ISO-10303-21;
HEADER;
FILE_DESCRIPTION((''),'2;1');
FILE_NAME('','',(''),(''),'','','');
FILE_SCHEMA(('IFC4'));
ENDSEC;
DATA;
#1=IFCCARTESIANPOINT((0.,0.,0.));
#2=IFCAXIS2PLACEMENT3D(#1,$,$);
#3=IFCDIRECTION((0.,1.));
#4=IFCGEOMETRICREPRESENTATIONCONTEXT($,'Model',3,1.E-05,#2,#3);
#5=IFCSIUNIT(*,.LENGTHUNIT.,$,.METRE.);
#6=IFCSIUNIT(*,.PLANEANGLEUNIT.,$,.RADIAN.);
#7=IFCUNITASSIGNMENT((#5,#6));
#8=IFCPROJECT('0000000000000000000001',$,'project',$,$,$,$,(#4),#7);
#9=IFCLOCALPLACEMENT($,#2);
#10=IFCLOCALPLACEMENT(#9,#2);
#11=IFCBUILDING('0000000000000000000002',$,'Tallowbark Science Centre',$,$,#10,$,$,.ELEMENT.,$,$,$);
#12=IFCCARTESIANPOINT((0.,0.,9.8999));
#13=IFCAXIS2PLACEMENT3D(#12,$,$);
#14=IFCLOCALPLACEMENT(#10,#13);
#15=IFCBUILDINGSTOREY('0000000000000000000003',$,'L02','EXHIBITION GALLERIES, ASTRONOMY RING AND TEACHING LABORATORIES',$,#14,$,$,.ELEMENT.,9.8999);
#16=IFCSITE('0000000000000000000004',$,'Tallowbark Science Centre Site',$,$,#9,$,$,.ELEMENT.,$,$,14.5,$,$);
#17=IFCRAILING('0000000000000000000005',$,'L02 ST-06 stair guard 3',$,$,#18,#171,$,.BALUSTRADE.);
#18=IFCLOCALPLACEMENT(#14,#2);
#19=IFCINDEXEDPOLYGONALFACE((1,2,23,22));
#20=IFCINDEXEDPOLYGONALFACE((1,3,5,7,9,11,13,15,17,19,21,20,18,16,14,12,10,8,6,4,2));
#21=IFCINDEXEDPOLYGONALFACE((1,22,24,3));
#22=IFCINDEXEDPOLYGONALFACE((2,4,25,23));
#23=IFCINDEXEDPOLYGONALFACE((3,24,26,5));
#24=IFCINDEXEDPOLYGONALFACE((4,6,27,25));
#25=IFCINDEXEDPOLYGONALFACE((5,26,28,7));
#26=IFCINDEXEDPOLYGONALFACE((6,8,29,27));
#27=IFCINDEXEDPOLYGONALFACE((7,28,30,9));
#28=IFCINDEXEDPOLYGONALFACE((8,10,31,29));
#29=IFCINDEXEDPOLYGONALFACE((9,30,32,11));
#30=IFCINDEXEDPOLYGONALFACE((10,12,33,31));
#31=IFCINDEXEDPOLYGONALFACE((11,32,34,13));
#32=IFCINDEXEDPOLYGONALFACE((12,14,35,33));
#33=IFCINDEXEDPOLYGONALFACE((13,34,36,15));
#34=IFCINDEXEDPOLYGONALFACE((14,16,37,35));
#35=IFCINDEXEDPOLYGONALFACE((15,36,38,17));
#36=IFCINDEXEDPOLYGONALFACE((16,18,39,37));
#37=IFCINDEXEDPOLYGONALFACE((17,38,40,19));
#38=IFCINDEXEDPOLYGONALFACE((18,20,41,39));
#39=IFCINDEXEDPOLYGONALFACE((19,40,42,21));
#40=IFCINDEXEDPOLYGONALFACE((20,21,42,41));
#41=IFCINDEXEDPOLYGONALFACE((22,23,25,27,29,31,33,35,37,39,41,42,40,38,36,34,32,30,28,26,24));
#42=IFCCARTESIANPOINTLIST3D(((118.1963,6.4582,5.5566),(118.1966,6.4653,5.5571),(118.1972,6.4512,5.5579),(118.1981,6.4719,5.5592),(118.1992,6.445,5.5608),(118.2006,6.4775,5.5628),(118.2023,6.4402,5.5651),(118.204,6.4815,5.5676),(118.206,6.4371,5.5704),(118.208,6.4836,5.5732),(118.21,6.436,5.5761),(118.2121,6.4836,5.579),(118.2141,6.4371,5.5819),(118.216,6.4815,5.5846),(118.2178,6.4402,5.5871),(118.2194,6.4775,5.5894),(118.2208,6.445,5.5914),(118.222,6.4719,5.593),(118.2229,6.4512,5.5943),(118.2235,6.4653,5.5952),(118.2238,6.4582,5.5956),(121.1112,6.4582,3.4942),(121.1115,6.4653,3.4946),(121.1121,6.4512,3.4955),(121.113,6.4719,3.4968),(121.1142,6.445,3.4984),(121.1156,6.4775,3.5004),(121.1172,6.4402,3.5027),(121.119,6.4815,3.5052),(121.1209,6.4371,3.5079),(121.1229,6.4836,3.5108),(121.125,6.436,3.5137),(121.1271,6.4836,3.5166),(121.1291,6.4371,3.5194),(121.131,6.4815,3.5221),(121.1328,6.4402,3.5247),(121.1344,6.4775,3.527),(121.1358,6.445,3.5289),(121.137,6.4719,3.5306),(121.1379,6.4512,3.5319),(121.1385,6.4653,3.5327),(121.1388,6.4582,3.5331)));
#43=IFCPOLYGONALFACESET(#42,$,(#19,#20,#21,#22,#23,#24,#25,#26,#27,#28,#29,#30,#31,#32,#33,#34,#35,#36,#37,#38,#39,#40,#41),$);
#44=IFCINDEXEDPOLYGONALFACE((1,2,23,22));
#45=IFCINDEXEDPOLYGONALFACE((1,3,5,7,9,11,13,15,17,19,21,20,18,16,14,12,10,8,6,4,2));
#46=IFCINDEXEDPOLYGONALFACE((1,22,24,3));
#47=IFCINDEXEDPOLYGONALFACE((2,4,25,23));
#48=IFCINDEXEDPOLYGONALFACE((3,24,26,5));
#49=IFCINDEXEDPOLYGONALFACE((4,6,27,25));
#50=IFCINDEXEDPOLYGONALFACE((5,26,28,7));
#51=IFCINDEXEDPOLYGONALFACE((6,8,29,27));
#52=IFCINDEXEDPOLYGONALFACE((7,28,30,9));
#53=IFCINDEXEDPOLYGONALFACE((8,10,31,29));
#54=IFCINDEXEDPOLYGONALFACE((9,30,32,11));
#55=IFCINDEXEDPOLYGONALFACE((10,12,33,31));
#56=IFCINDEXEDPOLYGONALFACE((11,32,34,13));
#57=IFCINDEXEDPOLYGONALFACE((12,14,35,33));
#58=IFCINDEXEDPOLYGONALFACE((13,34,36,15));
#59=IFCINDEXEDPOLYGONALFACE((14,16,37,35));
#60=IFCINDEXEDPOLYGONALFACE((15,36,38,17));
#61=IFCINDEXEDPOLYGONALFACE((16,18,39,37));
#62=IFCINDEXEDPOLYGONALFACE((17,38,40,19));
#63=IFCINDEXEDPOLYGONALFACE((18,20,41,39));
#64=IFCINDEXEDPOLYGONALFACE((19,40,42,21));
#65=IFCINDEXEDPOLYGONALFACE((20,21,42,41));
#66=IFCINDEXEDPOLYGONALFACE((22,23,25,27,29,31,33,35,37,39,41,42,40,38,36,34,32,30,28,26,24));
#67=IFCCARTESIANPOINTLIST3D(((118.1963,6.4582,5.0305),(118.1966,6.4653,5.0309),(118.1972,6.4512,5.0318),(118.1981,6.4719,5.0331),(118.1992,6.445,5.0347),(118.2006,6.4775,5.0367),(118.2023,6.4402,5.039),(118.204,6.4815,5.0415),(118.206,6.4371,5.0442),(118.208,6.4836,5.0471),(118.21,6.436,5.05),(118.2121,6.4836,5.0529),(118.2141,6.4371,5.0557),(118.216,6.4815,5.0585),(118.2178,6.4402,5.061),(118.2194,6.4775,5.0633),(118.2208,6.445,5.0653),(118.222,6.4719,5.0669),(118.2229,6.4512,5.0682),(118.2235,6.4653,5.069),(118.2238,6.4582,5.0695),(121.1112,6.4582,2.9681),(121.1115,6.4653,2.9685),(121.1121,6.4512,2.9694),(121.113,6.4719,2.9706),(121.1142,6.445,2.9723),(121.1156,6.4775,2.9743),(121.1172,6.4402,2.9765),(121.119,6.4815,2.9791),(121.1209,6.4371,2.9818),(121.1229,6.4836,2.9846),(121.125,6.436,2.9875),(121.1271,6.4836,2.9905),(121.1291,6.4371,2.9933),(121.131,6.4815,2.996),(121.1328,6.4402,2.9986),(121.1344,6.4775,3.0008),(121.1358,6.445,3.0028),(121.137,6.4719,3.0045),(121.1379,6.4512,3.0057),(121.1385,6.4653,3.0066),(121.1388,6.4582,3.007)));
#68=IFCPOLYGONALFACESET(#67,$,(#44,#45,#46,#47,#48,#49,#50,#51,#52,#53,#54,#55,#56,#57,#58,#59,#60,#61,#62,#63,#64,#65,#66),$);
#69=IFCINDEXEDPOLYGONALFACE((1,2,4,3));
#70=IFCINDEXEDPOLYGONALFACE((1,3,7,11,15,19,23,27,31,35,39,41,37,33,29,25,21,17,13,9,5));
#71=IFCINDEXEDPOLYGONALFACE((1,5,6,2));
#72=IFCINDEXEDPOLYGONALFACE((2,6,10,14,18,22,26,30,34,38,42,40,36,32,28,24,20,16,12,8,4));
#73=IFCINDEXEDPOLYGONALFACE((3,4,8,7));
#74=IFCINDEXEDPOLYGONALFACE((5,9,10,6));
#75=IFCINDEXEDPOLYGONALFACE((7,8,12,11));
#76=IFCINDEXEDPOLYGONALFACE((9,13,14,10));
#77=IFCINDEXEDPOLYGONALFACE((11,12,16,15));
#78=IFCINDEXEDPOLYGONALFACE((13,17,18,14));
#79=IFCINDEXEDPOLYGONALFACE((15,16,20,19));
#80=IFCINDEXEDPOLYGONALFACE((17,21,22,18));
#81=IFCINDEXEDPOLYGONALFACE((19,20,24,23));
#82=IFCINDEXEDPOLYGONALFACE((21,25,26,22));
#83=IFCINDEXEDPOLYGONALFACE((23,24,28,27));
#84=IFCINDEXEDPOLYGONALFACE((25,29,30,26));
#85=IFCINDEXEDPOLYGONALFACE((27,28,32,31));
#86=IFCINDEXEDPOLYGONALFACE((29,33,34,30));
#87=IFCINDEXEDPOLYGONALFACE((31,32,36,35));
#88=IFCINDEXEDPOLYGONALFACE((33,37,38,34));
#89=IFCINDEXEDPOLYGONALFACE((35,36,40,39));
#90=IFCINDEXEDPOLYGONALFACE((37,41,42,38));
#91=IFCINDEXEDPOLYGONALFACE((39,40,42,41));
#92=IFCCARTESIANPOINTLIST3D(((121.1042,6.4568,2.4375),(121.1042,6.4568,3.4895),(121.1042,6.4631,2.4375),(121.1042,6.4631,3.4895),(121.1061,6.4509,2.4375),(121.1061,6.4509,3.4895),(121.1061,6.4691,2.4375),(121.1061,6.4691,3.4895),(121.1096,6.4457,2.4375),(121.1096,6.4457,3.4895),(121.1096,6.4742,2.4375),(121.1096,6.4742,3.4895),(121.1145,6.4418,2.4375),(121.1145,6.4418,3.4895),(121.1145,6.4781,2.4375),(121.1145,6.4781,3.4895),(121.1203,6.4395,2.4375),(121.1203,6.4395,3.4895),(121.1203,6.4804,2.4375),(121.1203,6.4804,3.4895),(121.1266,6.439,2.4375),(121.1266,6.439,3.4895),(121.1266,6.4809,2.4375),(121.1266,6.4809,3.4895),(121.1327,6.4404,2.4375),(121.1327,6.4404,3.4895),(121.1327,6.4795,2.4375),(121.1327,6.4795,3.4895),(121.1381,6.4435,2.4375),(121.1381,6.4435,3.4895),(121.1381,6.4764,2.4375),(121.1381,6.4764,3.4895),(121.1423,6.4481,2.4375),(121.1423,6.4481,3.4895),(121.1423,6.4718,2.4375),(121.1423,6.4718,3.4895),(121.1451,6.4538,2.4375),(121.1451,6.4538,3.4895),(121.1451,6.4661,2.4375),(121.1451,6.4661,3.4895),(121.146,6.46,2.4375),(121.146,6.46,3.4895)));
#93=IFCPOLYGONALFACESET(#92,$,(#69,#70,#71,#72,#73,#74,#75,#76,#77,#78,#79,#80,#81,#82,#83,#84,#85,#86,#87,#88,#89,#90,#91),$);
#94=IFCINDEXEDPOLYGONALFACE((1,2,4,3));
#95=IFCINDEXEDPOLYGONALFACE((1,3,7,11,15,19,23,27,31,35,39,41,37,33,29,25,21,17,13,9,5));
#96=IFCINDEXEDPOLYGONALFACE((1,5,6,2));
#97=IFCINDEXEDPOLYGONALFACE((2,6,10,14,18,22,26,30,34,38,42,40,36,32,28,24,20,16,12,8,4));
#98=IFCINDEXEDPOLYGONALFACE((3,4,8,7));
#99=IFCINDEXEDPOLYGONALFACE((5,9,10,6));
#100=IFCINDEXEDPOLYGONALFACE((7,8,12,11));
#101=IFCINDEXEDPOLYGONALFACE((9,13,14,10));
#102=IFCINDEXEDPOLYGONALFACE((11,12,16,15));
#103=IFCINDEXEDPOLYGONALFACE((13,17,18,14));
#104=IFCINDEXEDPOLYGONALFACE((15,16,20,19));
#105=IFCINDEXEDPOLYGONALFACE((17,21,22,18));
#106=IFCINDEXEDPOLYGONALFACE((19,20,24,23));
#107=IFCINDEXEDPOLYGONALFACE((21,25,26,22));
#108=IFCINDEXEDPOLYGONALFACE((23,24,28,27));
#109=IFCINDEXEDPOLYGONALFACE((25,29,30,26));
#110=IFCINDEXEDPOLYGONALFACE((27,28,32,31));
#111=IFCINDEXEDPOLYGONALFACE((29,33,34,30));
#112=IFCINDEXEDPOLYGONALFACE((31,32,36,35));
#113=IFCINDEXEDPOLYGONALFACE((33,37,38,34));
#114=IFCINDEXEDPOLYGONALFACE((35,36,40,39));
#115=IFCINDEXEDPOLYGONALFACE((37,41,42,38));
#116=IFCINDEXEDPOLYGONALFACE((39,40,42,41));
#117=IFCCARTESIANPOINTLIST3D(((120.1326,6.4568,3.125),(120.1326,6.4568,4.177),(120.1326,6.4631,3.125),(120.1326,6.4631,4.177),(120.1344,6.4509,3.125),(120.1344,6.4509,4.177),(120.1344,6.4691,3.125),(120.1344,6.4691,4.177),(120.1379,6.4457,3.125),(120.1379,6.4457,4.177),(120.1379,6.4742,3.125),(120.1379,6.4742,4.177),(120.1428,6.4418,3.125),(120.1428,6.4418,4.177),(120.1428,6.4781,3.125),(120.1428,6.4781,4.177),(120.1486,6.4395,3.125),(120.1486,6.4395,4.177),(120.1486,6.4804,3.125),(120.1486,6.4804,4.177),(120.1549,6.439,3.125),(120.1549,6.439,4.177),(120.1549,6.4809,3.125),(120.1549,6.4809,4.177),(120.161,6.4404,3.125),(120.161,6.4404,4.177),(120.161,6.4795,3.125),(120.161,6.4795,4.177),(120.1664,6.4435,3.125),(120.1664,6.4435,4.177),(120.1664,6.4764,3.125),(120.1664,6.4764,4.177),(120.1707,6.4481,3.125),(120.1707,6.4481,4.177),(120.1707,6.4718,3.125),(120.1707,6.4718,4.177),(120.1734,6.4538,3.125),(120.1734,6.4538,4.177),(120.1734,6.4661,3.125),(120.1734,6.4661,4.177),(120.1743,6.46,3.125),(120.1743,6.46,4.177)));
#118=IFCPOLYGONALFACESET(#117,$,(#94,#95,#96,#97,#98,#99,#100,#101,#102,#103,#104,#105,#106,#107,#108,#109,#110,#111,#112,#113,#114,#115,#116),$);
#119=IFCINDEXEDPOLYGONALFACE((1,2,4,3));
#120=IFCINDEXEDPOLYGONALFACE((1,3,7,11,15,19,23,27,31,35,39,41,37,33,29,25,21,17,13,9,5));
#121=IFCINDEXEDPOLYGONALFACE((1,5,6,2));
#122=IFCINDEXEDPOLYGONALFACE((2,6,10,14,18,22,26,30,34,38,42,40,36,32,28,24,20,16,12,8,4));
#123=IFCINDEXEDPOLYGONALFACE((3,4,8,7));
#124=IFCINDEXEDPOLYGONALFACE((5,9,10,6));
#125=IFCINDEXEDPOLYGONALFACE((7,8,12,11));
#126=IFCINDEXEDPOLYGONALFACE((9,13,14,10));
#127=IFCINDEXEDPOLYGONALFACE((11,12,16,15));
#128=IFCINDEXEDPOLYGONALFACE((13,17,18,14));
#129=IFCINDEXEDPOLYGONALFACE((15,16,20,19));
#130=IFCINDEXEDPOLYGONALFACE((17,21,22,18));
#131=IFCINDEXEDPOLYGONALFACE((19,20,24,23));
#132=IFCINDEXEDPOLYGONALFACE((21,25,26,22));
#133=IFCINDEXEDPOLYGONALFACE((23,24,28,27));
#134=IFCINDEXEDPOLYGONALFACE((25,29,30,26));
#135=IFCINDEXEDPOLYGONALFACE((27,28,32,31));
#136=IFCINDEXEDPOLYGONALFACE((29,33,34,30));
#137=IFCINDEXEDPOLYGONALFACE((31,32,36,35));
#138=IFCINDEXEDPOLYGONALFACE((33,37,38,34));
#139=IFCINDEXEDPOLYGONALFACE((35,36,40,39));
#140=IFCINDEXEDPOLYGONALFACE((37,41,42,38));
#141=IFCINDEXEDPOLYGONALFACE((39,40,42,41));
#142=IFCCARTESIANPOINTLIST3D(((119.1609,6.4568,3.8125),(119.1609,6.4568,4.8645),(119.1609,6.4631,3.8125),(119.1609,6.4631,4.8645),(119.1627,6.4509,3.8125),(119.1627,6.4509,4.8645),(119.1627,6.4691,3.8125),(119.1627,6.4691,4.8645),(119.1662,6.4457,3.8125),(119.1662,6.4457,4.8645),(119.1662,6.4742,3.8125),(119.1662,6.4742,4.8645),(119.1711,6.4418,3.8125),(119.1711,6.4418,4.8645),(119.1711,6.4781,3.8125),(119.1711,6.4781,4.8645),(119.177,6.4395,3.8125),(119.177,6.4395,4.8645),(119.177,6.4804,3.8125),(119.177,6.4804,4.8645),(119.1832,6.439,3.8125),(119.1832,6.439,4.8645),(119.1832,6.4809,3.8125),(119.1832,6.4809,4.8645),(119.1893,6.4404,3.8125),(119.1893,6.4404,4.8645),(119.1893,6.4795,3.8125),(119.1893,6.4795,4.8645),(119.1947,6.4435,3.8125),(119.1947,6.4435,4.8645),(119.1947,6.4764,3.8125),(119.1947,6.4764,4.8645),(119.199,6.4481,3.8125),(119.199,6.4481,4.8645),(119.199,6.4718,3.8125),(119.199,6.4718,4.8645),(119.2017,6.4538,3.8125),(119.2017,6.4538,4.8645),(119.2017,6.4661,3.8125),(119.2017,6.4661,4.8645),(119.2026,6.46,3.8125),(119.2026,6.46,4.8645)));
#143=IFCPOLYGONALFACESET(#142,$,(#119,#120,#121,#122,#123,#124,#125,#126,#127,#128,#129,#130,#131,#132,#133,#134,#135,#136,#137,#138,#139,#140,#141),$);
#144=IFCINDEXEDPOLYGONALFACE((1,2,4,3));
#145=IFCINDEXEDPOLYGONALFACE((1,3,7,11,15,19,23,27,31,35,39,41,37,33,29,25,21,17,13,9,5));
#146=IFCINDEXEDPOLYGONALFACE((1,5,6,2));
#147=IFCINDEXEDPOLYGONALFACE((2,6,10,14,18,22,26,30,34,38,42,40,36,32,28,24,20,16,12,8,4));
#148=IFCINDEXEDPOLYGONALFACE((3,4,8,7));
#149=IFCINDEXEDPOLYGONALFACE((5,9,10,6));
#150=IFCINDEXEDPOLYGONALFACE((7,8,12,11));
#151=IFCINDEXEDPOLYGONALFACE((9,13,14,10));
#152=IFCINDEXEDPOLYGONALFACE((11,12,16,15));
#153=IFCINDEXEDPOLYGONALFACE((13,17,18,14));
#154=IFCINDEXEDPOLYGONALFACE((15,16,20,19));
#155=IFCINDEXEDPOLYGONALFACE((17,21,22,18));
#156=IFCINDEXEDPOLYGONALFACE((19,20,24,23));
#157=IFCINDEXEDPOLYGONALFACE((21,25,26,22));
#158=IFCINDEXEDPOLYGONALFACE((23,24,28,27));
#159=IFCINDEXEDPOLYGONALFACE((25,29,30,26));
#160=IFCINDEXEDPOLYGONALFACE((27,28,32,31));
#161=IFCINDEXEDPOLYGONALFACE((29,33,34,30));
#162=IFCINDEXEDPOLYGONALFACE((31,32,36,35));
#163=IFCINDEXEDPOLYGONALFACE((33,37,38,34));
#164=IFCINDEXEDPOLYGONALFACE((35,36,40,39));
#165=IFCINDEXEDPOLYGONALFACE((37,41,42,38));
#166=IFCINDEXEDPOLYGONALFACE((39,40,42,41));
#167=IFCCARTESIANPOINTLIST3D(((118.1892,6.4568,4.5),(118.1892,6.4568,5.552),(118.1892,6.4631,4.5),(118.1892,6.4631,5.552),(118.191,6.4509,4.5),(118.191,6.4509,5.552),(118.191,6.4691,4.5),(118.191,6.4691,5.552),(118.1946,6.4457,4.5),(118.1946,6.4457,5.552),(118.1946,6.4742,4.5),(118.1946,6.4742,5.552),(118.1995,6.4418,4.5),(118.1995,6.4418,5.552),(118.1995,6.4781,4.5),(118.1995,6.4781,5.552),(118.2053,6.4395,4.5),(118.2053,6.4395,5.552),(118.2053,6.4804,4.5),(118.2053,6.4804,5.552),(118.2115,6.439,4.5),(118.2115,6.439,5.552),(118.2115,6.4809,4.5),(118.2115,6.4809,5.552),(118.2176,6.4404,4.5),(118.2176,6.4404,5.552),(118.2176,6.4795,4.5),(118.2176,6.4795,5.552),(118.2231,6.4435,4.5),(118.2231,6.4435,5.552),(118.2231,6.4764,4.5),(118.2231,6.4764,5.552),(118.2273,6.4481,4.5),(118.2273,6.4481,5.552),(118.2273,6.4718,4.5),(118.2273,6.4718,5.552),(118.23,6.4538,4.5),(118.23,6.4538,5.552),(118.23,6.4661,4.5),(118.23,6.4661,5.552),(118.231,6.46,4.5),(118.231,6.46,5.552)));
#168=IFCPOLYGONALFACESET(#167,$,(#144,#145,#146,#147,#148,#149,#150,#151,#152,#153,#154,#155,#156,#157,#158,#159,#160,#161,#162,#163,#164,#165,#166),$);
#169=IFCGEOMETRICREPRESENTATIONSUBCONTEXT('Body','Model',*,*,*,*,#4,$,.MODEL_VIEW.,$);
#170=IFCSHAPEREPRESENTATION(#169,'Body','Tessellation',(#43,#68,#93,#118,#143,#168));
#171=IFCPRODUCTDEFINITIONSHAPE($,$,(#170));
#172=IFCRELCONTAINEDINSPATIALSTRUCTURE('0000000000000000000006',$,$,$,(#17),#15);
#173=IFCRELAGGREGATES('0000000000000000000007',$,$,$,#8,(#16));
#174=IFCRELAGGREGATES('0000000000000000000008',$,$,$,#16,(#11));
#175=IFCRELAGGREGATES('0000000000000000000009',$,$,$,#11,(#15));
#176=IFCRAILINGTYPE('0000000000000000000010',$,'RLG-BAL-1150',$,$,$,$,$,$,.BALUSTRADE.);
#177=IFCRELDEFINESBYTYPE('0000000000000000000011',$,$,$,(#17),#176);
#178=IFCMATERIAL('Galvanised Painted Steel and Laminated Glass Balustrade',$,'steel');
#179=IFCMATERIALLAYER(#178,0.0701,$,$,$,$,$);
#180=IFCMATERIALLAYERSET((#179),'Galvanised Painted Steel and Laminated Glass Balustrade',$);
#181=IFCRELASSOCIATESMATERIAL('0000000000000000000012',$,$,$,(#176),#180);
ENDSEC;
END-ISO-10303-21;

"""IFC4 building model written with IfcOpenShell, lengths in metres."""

from ifc_helpers import new_model, si_unit, direction, frame, origin, origin_2d, place, context, subcontext, project, spatial, circle, extrude, material, layer, layer_set, type_object, element, save


model = new_model("IFC4")

# Units and contexts
model_context = context("Model", 3, precision=1e-05, world=origin(), true_north=direction((0.0, 1.0)))
body_context = subcontext(model_context, "Body", "Model", "MODEL_VIEW")
ifc_project = project(units=[si_unit("LENGTHUNIT", "METRE"), si_unit("PLANEANGLEUNIT", "RADIAN")], contexts=[model_context])

# Site, building, storey
site_placement = place(None, origin())
site = spatial("IfcSite", under=ifc_project, at=site_placement, Name="Tallowbark Science Centre Site", CompositionType="ELEMENT", RefElevation=14.5)
building_placement = place(site_placement, origin())
building = spatial("IfcBuilding", under=site, at=building_placement, Name="Tallowbark Science Centre", CompositionType="ELEMENT")
storey_placement = place(building_placement, frame((0.0, 0.0, 9.8999)))
storey = spatial("IfcBuildingStorey", under=building, at=storey_placement, Name="L02", Description="EXHIBITION GALLERIES, ASTRONOMY RING AND TEACHING LABORATORIES", CompositionType="ELEMENT", Elevation=9.8999)

# Railing
ifc_material_1 = material(Name="Galvanised Painted Steel and Laminated Glass Balustrade", Category="steel")
ifc_layer_1 = layer(ifc_material_1, 0.0701)
ifc_layer_set_1 = layer_set([ifc_layer_1], Name="Galvanised Painted Steel and Laminated Glass Balustrade")
railing_type_1 = type_object("IfcRailingType", Name="RLG-BAL-1150", PredefinedType="BALUSTRADE", material=ifc_layer_set_1)
railing_1_placement = place(storey_placement, frame((121.125, 6.46, 2.4375)))
element("IfcRailing", 1, at=railing_1_placement, inside=storey, type_object=railing_type_1, Name="L02 ST-06 stair guard 3", PredefinedType="BALUSTRADE", context=body_context, shape_type="SweptSolid", body=[
    extrude(circle(Radius=0.0239, at=origin_2d()), frame((0.0, 0.0, 1.0762), z_axis=(-0.816331, 0.0, 0.577585), x_axis=(0.0, -1.0, 0.0)), (0.0, 0.0, 1.0), 3.5708),
    extrude(circle(Radius=0.0239, at=origin_2d()), frame((0.0, 0.0, 0.55), z_axis=(-0.816331, 0.0, 0.577585), x_axis=(0.0, -1.0, 0.0)), (0.0, 0.0, 1.0), 3.5708),
    extrude(circle(Radius=0.021, at=origin_2d()), origin(), (0.0, 0.0, 1.0), 1.052),
    extrude(circle(Radius=0.021, at=origin_2d()), frame((-0.9717, 0.0, 0.6875)), (0.0, 0.0, 1.0), 1.052),
    extrude(circle(Radius=0.021, at=origin_2d()), frame((-1.9434, 0.0, 1.375)), (0.0, 0.0, 1.0), 1.052),
    extrude(circle(Radius=0.021, at=origin_2d()), frame((-2.915, 0.0, 2.0625)), (0.0, 0.0, 1.0), 1.052),
])

save(model, "model.ifc")
